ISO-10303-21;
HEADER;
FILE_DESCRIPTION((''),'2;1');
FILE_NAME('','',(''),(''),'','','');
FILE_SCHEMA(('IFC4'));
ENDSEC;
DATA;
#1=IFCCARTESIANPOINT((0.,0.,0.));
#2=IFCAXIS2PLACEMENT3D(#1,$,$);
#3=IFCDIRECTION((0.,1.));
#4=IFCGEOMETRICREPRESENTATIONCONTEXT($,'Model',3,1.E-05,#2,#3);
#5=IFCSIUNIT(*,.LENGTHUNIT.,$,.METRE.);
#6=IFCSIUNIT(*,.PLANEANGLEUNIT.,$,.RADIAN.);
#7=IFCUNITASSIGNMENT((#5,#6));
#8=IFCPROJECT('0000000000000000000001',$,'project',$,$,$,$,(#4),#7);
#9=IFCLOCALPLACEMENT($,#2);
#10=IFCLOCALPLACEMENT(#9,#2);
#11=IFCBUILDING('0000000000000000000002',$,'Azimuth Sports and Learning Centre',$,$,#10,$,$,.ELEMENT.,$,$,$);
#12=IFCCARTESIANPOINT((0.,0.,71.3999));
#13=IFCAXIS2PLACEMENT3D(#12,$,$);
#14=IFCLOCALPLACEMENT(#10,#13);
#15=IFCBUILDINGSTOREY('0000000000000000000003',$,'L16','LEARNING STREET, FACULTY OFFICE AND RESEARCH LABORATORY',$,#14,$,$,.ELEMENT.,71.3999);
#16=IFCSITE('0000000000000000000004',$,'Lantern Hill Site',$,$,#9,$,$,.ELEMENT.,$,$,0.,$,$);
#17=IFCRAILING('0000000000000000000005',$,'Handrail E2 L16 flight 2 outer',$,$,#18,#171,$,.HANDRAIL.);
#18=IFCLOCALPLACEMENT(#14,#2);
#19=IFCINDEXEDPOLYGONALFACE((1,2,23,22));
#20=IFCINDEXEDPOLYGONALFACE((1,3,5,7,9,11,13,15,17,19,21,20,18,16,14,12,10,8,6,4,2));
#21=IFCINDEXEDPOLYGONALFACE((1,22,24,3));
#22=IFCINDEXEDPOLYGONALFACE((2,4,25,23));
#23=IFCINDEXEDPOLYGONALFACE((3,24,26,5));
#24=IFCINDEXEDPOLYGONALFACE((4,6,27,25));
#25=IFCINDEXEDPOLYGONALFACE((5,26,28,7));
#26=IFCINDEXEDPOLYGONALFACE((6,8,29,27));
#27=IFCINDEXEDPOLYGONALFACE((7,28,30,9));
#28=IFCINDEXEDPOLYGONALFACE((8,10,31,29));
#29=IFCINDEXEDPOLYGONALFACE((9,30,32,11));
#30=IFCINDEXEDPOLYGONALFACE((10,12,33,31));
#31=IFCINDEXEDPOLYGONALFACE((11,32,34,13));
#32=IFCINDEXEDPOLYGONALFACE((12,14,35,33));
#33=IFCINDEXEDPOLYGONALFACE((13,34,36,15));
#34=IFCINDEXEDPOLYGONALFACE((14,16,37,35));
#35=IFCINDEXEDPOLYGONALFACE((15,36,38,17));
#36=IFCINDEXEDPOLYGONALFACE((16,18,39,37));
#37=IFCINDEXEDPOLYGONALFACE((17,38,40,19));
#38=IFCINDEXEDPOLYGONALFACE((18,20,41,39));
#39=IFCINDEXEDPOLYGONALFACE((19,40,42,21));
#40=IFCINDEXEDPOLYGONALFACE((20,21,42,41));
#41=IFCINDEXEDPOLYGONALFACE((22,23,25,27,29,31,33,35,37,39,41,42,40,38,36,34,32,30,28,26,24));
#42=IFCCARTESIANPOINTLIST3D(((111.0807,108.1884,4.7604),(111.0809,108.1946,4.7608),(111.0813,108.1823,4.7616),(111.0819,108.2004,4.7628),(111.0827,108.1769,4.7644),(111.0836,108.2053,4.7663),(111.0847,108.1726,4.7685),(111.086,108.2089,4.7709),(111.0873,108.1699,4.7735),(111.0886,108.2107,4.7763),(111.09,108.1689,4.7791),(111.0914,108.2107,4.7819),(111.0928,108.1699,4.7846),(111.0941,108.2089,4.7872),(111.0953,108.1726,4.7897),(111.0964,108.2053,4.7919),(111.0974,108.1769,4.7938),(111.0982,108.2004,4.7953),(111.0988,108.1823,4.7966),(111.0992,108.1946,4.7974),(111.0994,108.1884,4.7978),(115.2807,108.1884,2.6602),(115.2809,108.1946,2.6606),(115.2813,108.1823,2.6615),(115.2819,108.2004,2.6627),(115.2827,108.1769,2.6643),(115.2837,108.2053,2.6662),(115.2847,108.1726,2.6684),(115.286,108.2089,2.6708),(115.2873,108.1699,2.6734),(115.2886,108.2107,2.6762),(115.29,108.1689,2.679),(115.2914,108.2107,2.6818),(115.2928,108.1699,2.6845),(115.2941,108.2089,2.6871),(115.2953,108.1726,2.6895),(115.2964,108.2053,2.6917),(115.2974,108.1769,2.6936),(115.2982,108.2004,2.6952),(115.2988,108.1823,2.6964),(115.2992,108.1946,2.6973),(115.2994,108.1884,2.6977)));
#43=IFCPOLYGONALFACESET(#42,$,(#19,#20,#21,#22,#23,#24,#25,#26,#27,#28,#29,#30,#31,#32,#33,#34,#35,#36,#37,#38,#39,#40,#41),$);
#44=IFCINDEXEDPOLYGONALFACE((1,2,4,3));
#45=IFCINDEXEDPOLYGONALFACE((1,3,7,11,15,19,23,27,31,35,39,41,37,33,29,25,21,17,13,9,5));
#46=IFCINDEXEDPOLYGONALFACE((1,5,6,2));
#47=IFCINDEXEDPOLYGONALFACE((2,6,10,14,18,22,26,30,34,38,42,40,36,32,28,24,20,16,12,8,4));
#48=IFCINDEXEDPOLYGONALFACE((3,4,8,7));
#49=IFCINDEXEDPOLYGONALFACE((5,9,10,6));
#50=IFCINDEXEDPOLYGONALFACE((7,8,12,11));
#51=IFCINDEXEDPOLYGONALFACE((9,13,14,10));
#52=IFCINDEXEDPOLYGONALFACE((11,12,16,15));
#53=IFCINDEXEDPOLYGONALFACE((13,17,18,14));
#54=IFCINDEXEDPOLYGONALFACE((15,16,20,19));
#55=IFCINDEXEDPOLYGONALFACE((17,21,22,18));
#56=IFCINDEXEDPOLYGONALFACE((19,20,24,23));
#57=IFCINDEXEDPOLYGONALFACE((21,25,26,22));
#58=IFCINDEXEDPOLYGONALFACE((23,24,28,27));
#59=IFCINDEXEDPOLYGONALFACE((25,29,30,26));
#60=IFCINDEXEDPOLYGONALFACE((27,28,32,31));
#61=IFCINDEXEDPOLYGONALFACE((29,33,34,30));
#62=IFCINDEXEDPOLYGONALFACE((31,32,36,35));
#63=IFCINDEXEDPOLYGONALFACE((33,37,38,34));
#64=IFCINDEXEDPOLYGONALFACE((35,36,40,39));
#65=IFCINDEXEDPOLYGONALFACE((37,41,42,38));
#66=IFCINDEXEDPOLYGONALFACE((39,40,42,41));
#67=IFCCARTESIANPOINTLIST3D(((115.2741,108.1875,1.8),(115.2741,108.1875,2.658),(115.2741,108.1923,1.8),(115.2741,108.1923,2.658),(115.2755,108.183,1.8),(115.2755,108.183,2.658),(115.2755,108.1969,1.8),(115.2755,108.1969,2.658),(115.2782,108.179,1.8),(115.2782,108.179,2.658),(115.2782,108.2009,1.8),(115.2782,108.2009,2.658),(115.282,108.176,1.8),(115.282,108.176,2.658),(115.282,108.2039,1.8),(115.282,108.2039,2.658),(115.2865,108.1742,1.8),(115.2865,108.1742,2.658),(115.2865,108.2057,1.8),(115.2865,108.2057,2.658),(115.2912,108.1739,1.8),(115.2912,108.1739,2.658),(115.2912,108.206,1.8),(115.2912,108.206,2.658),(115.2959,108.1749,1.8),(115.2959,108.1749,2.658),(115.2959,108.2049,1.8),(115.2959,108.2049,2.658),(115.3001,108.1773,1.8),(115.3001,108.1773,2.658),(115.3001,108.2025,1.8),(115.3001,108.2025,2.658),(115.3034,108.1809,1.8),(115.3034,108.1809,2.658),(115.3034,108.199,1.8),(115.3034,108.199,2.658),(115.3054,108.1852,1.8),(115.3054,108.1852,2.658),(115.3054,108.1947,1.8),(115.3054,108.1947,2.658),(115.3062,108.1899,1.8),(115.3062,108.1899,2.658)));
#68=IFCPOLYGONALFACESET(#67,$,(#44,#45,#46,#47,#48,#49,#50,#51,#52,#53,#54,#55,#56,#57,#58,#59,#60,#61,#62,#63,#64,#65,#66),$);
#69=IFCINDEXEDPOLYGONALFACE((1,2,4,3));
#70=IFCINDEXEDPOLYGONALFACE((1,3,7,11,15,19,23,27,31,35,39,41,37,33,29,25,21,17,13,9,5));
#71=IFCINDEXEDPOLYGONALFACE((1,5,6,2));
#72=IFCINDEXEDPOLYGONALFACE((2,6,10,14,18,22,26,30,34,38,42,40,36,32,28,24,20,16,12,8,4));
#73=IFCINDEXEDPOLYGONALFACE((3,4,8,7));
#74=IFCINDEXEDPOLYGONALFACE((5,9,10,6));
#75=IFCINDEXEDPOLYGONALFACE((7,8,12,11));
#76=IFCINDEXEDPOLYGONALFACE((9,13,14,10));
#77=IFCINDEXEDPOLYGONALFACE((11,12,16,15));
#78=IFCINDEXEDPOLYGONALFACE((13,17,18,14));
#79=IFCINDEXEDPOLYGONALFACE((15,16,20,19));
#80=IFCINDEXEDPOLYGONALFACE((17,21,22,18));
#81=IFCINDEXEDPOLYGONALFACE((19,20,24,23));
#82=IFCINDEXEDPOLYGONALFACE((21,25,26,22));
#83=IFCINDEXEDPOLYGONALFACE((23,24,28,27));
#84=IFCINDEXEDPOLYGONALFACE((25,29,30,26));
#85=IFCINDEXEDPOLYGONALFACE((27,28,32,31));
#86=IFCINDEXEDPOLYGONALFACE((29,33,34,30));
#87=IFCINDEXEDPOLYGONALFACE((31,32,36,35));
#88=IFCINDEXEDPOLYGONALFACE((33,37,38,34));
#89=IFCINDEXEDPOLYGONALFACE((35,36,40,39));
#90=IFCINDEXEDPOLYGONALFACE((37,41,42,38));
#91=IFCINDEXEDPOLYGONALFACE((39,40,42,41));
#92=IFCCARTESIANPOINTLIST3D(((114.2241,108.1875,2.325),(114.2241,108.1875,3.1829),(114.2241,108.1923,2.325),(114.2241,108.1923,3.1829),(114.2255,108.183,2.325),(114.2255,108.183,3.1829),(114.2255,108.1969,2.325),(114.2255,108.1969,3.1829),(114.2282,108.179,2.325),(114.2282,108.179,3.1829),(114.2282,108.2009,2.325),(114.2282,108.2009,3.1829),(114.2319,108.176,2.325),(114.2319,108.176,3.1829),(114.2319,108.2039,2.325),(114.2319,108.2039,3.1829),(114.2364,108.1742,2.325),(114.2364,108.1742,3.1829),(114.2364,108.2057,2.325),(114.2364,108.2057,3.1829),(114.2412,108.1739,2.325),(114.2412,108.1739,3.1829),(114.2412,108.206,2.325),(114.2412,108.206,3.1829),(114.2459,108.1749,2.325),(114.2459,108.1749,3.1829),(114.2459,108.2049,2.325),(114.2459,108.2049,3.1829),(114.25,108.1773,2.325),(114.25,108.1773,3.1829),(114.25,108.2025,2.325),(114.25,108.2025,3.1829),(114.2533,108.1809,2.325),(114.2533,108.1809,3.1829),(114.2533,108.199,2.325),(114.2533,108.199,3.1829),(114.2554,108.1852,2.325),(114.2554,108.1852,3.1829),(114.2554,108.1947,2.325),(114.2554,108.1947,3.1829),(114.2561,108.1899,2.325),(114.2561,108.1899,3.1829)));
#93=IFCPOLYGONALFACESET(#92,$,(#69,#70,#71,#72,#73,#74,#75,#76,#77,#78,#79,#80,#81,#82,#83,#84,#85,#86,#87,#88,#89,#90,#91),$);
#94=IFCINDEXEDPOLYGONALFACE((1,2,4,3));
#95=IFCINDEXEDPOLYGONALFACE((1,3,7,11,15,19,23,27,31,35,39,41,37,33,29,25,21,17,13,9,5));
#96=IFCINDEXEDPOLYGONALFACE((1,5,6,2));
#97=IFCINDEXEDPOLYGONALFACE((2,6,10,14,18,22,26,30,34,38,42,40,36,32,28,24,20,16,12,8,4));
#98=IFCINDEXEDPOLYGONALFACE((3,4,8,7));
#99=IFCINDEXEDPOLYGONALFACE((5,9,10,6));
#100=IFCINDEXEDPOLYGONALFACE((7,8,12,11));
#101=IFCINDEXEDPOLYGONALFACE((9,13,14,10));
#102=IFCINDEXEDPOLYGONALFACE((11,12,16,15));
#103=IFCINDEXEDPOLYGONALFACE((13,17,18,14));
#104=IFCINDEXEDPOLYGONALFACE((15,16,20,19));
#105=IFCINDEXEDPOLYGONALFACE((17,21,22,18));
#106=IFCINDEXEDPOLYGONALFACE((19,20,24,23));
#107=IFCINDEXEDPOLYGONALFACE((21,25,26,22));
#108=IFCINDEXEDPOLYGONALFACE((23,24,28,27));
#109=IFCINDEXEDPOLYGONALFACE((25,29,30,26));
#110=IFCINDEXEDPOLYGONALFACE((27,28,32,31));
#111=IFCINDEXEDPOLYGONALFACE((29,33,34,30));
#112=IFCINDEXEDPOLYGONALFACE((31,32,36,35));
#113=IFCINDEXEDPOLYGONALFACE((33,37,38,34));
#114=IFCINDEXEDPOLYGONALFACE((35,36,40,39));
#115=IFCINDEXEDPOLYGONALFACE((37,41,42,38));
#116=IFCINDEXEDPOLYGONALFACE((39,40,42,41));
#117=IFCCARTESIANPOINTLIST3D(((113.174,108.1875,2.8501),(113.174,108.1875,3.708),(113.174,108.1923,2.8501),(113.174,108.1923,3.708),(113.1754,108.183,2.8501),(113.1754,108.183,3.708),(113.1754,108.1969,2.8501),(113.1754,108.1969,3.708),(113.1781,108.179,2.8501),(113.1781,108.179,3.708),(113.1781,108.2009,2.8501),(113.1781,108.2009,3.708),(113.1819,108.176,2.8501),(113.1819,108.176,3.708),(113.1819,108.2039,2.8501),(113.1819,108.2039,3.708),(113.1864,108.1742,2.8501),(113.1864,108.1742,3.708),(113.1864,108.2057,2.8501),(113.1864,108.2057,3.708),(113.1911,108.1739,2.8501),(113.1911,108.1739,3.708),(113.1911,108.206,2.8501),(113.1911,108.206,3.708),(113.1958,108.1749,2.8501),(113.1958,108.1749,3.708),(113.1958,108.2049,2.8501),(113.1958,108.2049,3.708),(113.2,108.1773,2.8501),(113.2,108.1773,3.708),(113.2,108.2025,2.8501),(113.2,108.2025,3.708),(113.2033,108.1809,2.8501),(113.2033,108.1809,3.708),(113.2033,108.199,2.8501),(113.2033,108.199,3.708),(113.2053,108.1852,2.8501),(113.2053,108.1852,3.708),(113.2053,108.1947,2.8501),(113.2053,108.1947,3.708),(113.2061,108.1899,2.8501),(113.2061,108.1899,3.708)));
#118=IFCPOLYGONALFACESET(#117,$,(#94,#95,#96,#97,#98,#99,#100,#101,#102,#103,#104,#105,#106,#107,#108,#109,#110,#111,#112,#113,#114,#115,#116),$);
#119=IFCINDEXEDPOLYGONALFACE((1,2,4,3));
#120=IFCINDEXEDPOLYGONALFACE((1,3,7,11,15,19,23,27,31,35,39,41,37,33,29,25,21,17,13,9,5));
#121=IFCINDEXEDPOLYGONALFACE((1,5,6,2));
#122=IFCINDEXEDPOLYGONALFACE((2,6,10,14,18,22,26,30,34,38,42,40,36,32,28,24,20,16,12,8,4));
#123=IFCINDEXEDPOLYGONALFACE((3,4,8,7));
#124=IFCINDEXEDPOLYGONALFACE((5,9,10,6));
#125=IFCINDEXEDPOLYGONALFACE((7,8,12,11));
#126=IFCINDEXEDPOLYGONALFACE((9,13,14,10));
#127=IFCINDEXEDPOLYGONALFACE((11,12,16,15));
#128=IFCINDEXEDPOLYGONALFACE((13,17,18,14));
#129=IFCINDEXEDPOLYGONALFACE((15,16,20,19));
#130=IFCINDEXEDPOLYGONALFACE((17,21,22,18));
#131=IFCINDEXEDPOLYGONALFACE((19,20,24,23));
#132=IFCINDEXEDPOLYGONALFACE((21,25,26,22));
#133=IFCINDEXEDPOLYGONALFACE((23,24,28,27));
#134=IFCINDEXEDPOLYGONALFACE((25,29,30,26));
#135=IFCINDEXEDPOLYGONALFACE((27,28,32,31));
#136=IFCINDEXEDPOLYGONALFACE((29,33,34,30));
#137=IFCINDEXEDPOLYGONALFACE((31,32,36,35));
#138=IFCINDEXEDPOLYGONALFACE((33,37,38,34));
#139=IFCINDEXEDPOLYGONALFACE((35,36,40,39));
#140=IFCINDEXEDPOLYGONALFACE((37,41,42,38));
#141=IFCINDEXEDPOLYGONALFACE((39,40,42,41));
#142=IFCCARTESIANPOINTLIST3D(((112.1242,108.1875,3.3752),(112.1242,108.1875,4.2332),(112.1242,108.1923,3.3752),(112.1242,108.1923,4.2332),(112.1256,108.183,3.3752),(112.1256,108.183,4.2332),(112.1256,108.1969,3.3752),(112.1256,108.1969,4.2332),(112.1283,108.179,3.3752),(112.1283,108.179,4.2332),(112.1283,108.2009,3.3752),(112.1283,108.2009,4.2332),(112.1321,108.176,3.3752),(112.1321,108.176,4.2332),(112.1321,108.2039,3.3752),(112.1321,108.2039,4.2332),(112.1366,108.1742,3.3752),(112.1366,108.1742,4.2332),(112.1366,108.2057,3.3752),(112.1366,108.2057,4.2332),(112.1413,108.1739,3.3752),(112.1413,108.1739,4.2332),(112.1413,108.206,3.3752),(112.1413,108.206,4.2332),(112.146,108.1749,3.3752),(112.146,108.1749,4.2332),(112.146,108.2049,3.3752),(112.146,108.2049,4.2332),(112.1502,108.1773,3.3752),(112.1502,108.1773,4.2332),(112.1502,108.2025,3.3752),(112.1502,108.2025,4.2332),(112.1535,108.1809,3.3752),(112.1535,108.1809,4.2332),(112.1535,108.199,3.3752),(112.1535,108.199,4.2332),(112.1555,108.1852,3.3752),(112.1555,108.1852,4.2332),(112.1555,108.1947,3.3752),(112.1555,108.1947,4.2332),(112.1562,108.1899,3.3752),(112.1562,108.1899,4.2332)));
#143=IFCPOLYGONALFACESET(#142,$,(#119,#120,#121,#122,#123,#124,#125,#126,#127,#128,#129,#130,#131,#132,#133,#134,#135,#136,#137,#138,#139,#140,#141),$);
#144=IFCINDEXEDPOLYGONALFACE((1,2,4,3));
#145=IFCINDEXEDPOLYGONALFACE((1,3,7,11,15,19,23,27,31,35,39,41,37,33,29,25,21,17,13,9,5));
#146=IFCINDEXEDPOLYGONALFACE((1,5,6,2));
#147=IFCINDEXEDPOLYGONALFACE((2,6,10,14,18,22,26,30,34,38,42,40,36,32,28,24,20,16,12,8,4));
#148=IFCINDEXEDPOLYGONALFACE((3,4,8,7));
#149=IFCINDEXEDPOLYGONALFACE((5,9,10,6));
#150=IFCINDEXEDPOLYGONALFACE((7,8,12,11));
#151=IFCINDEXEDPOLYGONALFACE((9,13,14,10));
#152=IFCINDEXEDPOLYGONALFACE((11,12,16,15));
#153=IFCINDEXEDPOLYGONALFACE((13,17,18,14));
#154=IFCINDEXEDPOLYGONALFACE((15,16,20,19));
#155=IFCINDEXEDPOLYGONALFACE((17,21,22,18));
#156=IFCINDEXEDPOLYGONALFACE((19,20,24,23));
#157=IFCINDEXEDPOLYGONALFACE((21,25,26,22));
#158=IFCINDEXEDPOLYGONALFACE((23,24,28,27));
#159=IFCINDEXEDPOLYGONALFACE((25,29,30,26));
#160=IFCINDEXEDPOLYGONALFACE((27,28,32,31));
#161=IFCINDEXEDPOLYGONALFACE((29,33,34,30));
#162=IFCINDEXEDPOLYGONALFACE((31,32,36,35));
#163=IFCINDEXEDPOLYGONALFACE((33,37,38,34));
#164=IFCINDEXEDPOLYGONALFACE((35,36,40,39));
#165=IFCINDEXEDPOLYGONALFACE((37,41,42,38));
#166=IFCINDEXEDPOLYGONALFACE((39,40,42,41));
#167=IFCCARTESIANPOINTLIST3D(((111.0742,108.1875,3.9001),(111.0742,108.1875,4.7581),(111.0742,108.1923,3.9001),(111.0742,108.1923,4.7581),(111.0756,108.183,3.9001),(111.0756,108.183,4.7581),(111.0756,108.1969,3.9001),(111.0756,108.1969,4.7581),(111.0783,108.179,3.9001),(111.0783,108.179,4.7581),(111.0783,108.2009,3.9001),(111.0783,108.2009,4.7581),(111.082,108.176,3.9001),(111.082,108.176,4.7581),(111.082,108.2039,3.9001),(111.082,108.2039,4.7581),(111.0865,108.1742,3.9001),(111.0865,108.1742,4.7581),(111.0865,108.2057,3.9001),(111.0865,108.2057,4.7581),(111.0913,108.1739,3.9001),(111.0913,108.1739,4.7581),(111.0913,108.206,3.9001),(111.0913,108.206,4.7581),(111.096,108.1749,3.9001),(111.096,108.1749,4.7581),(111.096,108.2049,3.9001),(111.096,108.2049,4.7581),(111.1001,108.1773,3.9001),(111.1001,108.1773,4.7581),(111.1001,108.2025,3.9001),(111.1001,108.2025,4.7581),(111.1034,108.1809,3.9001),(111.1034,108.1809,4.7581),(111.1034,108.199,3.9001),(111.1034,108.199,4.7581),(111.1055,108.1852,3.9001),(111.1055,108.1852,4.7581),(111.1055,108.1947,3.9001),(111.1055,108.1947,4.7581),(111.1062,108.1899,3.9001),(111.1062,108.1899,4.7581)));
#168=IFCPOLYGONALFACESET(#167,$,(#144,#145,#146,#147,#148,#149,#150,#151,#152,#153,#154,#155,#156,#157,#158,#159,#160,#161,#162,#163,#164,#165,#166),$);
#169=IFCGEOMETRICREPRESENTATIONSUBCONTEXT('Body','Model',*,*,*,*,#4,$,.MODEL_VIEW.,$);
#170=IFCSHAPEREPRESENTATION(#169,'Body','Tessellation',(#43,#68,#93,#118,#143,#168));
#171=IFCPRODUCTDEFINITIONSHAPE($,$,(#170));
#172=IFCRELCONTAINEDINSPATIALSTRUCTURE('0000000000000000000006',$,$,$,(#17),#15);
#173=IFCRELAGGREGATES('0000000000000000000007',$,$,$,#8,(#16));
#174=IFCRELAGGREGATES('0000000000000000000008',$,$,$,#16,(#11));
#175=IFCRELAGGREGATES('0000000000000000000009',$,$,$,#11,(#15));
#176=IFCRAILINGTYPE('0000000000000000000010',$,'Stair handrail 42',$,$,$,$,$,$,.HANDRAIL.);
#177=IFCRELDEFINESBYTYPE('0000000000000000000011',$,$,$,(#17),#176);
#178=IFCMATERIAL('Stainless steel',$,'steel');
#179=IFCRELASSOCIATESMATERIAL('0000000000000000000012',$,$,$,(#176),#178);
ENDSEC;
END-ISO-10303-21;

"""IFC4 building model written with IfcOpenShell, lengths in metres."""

from ifc_helpers import new_model, si_unit, direction, frame, origin, origin_2d, place, context, subcontext, project, spatial, circle, extrude, material, type_object, element, save


model = new_model("IFC4")

# Units and contexts
model_context = context("Model", 3, precision=1e-05, world=origin(), true_north=direction((0.0, 1.0)))
body_context = subcontext(model_context, "Body", "Model", "MODEL_VIEW")
ifc_project = project(units=[si_unit("LENGTHUNIT", "METRE"), si_unit("PLANEANGLEUNIT", "RADIAN")], contexts=[model_context])

# Site, building, storey
site_placement = place(None, origin())
site = spatial("IfcSite", under=ifc_project, at=site_placement, Name="Lantern Hill Site", CompositionType="ELEMENT", RefElevation=0.0)
building_placement = place(site_placement, origin())
building = spatial("IfcBuilding", under=site, at=building_placement, Name="Azimuth Sports and Learning Centre", CompositionType="ELEMENT")
storey_placement = place(building_placement, frame((0.0, 0.0, 71.3999)))
storey = spatial("IfcBuildingStorey", under=building, at=storey_placement, Name="L16", Description="LEARNING STREET, FACULTY OFFICE AND RESEARCH LABORATORY", CompositionType="ELEMENT", Elevation=71.3999)

# Railing
ifc_material_1 = material(Name="Stainless steel", Category="steel")
railing_type = type_object("IfcRailingType", Name="Stair handrail 42", PredefinedType="HANDRAIL", material=ifc_material_1)
railing_placement = place(storey_placement, frame((115.29, 108.1899, 1.8)))
element("IfcRailing", 1, at=railing_placement, inside=storey, type_object=railing_type, Name="Handrail E2 L16 flight 2 outer", PredefinedType="HANDRAIL", context=body_context, shape_type="SweptSolid", body=[
    extrude(circle(Radius=0.021, at=origin_2d()), frame((0.0, 0.0, 0.8789), z_axis=(-0.894417, 0.0, 0.447234), x_axis=(0.0, -1.0, 0.0)), (0.0, 0.0, 1.0), 4.6958),
    extrude(circle(Radius=0.0161, at=origin_2d()), origin(), (0.0, 0.0, 1.0), 0.8579),
    extrude(circle(Radius=0.0161, at=origin_2d()), frame((-1.05, 0.0, 0.5249)), (0.0, 0.0, 1.0), 0.8579),
    extrude(circle(Radius=0.0161, at=origin_2d()), frame((-2.1001, 0.0, 1.05)), (0.0, 0.0, 1.0), 0.8579),
    extrude(circle(Radius=0.0161, at=origin_2d()), frame((-3.1499, 0.0, 1.5752)), (0.0, 0.0, 1.0), 0.8579),
    extrude(circle(Radius=0.0161, at=origin_2d()), frame((-4.2, 0.0, 2.1001)), (0.0, 0.0, 1.0), 0.8579),
])

save(model, "model.ifc")
